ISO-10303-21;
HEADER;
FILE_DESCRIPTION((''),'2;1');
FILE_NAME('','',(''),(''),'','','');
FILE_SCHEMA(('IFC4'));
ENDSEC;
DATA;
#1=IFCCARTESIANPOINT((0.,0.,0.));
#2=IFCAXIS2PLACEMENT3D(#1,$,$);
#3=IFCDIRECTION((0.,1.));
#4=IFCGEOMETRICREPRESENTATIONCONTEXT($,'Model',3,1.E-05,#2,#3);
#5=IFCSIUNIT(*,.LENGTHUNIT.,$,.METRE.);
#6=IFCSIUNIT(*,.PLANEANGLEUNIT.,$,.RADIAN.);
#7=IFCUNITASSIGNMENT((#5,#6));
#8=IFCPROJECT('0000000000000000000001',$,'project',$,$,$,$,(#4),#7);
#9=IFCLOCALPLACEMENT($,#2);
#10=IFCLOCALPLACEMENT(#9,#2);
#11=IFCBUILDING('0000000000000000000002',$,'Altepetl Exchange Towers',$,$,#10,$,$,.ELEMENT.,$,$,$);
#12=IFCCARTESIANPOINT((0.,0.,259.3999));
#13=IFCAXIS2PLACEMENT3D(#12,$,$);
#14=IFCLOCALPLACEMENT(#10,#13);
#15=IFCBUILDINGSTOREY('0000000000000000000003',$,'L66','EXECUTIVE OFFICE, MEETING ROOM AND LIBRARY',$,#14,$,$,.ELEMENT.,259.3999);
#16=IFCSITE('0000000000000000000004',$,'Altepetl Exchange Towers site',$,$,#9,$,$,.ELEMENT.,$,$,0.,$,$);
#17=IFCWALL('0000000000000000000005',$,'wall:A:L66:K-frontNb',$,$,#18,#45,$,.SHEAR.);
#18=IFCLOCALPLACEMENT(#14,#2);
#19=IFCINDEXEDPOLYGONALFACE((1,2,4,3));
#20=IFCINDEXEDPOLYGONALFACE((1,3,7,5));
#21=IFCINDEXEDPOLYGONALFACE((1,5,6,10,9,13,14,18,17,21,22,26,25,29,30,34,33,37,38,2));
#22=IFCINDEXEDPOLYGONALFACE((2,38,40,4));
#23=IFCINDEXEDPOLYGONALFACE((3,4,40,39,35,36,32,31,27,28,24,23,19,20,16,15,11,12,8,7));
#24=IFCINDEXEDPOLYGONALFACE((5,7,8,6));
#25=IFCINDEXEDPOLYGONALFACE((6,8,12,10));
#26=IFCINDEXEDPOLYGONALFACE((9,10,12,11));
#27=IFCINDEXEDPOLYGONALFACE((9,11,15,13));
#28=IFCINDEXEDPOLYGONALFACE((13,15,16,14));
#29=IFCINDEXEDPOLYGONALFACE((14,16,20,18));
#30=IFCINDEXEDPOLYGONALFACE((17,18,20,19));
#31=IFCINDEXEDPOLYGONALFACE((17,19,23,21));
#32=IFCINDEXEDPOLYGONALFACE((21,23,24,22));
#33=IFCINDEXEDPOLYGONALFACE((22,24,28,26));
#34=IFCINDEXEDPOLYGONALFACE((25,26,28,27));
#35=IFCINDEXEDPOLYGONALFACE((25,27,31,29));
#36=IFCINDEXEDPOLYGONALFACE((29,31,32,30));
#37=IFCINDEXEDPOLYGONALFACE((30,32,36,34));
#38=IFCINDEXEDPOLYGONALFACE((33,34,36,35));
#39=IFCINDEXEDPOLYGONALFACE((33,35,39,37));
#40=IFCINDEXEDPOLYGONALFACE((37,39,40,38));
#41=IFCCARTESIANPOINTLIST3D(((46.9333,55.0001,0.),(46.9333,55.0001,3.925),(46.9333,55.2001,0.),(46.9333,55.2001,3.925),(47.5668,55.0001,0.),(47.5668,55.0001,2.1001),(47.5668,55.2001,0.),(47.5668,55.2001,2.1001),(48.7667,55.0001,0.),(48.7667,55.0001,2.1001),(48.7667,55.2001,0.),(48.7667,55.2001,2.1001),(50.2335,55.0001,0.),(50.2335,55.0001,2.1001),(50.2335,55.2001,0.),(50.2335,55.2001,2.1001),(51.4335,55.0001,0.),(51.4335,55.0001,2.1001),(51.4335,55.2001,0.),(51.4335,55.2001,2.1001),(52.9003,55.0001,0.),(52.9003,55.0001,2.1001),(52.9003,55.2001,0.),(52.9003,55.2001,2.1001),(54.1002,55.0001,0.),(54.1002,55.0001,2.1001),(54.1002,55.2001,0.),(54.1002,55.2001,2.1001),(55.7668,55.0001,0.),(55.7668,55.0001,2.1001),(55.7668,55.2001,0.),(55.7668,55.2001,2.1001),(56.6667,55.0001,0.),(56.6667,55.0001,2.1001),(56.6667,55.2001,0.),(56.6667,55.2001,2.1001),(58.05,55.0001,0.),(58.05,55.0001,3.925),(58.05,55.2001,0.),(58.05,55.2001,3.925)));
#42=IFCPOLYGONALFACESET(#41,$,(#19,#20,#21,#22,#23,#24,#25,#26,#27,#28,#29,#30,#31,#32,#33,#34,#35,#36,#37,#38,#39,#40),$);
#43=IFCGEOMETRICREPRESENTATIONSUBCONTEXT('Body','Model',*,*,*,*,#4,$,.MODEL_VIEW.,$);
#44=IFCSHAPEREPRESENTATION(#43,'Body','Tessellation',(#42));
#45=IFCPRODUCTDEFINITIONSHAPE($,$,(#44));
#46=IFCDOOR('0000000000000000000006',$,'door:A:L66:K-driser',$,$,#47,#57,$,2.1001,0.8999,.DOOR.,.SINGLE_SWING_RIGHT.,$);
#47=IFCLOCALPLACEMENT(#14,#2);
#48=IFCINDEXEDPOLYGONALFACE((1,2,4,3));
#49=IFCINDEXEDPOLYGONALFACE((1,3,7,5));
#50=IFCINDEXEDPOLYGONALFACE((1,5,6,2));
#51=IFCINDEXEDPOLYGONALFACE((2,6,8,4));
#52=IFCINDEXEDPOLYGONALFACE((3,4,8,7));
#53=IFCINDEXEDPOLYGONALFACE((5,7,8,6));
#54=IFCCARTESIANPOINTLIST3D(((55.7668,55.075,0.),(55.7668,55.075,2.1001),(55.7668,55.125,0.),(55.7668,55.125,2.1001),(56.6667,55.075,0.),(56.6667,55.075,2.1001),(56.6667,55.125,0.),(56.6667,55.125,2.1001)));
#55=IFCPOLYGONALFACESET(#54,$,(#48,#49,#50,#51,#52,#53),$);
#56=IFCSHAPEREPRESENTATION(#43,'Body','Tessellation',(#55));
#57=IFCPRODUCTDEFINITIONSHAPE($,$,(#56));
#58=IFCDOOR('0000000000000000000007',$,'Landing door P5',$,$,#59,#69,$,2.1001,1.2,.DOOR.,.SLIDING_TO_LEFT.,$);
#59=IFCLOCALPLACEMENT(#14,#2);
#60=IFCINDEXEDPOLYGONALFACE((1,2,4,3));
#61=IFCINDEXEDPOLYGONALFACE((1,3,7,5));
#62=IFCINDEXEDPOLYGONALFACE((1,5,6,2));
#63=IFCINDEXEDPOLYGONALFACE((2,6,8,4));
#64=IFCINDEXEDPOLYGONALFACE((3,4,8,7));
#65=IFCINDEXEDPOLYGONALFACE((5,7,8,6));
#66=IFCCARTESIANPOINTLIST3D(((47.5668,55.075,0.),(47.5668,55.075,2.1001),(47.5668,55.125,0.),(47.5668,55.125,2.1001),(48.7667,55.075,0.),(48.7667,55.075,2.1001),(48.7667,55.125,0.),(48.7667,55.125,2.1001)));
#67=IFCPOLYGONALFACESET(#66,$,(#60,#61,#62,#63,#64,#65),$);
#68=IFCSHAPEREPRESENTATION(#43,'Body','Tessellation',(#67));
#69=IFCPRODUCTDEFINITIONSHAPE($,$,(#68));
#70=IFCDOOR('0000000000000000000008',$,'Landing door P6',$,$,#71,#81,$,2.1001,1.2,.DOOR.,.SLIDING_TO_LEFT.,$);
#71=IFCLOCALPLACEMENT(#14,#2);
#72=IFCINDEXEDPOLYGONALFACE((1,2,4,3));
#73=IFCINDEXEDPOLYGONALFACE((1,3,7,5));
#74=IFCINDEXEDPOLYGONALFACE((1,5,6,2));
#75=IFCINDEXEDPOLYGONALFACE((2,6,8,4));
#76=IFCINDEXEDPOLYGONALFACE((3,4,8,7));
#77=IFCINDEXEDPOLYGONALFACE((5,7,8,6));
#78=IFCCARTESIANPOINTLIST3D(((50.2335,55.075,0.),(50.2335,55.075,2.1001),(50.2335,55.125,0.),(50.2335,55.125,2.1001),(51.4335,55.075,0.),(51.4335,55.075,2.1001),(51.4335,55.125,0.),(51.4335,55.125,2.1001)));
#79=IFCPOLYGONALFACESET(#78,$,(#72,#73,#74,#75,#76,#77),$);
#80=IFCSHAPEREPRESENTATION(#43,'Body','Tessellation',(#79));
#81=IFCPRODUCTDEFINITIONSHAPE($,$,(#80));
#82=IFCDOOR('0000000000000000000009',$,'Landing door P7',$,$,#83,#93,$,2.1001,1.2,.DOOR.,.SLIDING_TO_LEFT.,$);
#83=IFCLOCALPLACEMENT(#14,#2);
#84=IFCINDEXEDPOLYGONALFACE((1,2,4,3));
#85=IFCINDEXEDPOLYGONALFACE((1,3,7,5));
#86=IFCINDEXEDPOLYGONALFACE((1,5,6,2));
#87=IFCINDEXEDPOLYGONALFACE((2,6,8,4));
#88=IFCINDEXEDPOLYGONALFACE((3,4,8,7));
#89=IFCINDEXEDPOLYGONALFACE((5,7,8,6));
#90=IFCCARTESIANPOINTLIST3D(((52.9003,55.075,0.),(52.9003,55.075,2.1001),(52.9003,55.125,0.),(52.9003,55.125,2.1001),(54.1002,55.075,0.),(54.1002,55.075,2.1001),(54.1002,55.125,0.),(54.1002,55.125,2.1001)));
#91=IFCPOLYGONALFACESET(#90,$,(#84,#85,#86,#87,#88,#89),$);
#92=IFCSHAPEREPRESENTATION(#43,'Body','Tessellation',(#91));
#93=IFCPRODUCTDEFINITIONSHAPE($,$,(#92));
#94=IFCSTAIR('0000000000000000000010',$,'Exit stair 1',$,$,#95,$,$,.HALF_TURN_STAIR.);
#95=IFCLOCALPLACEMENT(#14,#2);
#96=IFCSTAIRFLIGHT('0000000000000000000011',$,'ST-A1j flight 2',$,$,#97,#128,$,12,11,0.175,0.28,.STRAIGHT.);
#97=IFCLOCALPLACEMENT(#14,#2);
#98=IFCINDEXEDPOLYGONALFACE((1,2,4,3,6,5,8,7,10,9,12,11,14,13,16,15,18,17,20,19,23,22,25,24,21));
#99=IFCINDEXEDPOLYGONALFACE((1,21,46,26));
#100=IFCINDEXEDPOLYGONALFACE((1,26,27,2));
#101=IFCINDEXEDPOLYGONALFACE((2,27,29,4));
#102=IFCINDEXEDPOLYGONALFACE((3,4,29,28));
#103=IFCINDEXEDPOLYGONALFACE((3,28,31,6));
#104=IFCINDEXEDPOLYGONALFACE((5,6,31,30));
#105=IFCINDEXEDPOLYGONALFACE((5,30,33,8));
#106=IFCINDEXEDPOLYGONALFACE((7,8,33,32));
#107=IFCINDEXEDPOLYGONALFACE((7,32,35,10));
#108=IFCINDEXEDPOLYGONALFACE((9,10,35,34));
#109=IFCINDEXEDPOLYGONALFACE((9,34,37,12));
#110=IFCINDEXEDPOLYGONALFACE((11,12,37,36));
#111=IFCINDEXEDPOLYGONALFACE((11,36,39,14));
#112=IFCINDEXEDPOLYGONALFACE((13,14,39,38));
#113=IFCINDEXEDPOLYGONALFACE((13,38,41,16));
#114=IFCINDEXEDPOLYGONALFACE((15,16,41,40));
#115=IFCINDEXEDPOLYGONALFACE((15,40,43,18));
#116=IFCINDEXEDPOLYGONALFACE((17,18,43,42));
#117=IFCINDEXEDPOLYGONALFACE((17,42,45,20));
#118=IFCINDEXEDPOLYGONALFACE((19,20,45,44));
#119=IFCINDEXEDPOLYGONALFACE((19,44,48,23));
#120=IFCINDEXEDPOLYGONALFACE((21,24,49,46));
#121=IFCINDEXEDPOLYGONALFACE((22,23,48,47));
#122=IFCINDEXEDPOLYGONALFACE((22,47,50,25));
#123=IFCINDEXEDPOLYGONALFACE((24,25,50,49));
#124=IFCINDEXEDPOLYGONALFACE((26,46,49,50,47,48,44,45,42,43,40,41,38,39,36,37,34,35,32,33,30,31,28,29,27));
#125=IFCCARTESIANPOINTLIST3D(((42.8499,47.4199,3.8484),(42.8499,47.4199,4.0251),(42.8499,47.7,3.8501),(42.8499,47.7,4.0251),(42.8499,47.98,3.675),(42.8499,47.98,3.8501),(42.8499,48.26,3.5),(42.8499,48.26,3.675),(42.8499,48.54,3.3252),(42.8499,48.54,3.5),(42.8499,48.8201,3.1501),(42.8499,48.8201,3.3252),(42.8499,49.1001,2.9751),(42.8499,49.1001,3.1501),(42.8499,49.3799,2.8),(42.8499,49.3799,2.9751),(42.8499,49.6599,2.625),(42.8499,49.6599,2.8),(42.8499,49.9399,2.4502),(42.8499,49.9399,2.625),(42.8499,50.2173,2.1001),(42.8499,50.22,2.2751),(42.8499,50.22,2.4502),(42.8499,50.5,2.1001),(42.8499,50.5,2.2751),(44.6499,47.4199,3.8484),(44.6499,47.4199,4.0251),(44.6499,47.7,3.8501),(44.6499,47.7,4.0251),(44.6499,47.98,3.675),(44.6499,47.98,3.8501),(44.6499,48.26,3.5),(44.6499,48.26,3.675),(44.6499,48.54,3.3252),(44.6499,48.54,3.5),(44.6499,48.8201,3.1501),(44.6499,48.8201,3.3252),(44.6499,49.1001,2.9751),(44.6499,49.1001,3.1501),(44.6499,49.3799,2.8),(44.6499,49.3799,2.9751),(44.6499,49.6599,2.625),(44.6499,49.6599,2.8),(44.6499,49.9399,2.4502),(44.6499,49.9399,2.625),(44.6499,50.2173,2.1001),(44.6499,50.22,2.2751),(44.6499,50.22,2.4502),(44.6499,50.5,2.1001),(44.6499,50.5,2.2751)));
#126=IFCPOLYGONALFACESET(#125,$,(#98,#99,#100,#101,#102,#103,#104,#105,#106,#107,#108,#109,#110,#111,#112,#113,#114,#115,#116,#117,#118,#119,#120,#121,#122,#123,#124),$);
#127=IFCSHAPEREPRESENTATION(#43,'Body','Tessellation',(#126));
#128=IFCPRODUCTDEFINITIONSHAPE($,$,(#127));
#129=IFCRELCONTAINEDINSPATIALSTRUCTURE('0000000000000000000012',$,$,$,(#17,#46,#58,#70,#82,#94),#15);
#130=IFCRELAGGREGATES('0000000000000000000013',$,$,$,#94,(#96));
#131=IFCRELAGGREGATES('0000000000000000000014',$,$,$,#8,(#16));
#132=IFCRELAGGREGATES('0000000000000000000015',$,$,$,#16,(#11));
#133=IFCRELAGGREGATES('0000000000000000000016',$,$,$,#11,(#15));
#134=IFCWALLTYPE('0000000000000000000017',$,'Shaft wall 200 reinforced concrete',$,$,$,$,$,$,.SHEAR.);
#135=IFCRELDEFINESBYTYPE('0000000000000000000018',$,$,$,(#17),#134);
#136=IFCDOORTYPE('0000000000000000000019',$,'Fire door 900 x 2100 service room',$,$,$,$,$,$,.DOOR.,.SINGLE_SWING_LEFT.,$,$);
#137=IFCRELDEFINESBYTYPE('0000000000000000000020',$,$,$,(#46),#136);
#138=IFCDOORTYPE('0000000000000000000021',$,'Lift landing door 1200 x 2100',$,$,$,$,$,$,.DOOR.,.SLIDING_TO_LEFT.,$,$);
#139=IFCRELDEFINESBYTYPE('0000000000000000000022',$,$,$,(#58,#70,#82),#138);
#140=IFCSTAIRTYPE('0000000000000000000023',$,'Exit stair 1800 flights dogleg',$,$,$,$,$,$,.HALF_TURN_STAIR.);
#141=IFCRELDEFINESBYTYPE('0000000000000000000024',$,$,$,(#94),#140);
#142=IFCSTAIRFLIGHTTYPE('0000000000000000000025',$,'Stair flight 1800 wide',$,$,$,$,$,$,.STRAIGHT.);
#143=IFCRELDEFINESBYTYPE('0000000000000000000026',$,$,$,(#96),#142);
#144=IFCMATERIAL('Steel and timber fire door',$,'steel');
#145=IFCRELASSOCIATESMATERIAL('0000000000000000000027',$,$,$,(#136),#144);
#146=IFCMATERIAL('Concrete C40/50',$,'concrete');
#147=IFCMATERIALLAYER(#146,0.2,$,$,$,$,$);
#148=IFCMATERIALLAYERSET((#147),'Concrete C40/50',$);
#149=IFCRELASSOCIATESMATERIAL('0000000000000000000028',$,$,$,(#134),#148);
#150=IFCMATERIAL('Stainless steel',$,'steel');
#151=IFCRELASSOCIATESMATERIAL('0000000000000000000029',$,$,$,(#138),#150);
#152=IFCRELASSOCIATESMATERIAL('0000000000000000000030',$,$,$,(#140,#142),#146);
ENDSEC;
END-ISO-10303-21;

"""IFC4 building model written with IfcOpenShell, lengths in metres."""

from ifc_helpers import new_model, si_unit, direction, frame, frame_2d, origin, place, context, subcontext, project, spatial, polyline, rectangle, outline, extrude, material, layer, layer_set, type_object, element, fill, aggregate, save


model = new_model("IFC4")

# Units and contexts
model_context = context("Model", 3, precision=1e-05, world=origin(), true_north=direction((0.0, 1.0)))
body_context = subcontext(model_context, "Body", "Model", "MODEL_VIEW")
ifc_project = project(units=[si_unit("LENGTHUNIT", "METRE"), si_unit("PLANEANGLEUNIT", "RADIAN")], contexts=[model_context])

# Site, building, storey
site_placement = place(None, origin())
site = spatial("IfcSite", under=ifc_project, at=site_placement, Name="Altepetl Exchange Towers site", CompositionType="ELEMENT", RefElevation=0.0)
building_placement = place(site_placement, origin())
building = spatial("IfcBuilding", under=site, at=building_placement, Name="Altepetl Exchange Towers", CompositionType="ELEMENT")
storey_placement = place(building_placement, frame((0.0, 0.0, 259.3999)))
storey = spatial("IfcBuildingStorey", under=building, at=storey_placement, Name="L66", Description="EXECUTIVE OFFICE, MEETING ROOM AND LIBRARY", CompositionType="ELEMENT", Elevation=259.3999)

# Shared definitions
ifc_material_1 = material(Name="Steel and timber fire door", Category="steel")

# Shared definitions
door_type_1 = type_object("IfcDoorType", Name="Fire door 900 x 2100 service room", OperationType="SINGLE_SWING_LEFT", PredefinedType="DOOR", material=ifc_material_1)

# Wall, openings, doors
ifc_material_2 = material(Name="Concrete C40/50", Category="concrete")
ifc_layer_1 = layer(ifc_material_2, 0.2)
ifc_layer_set_1 = layer_set([ifc_layer_1], Name="Concrete C40/50")
wall_type_1 = type_object("IfcWallType", Name="Shaft wall 200 reinforced concrete", PredefinedType="SHEAR", material=ifc_layer_set_1)
wall_1_placement = place(storey_placement, frame((46.9333, 55.1001, 0.0)))
wall_1 = element("IfcWall", 1, at=wall_1_placement, inside=storey, type_object=wall_type_1, Name="wall:A:L66:K-frontNb", PredefinedType="SHEAR", context=body_context, shape_type="SweptSolid", body=[
    extrude(rectangle(XDim=11.1167, YDim=0.2, at=frame_2d((5.5583, 0.0))), origin(), (0.0, 0.0, 1.0), 3.925),
])
opening_1_placement = place(wall_1_placement, frame((8.8335, 0.0, 0.0)))
opening_1 = element("IfcOpeningElement", 2, at=opening_1_placement, cuts=wall_1, PredefinedType="OPENING", context=body_context, shape_type="SweptSolid", body=[
    extrude(rectangle(XDim=0.8999, YDim=2.1001, at=frame_2d((0.45, 1.05))), frame((0.0, 0.1099, 0.0), z_axis=(0.0, -1.0, 0.0), x_axis=(1.0, 0.0, 0.0)), (0.0, 0.0, 1.0), 0.22),
])
opening_2_placement = place(wall_1_placement, frame((0.6333, 0.0, 0.0)))
opening_2 = element("IfcOpeningElement", 3, at=opening_2_placement, cuts=wall_1, PredefinedType="OPENING", context=body_context, shape_type="SweptSolid", body=[
    extrude(rectangle(XDim=1.2, YDim=2.1001, at=frame_2d((0.6001, 1.05))), frame((0.0, 0.1099, 0.0), z_axis=(0.0, -1.0, 0.0), x_axis=(1.0, 0.0, 0.0)), (0.0, 0.0, 1.0), 0.22),
])
opening_3_placement = place(wall_1_placement, frame((3.3, 0.0, 0.0)))
opening_3 = element("IfcOpeningElement", 4, at=opening_3_placement, cuts=wall_1, PredefinedType="OPENING", context=body_context, shape_type="SweptSolid", body=[
    extrude(rectangle(XDim=1.2, YDim=2.1001, at=frame_2d((0.6001, 1.05))), frame((0.0, 0.1099, 0.0), z_axis=(0.0, -1.0, 0.0), x_axis=(1.0, 0.0, 0.0)), (0.0, 0.0, 1.0), 0.22),
])
opening_4_placement = place(wall_1_placement, frame((5.9668, 0.0, 0.0)))
opening_4 = element("IfcOpeningElement", 5, at=opening_4_placement, cuts=wall_1, PredefinedType="OPENING", context=body_context, shape_type="SweptSolid", body=[
    extrude(rectangle(XDim=1.2, YDim=2.1001, at=frame_2d((0.6001, 1.05))), frame((0.0, 0.1099, 0.0), z_axis=(0.0, -1.0, 0.0), x_axis=(1.0, 0.0, 0.0)), (0.0, 0.0, 1.0), 0.22),
])
door_1_placement = place(opening_1_placement, origin())
door_1 = element("IfcDoor", 6, at=door_1_placement, inside=storey, type_object=door_type_1, Name="door:A:L66:K-driser", OperationType="SINGLE_SWING_RIGHT", OverallHeight=2.1001, OverallWidth=0.8999, PredefinedType="DOOR", context=body_context, shape_type="SweptSolid", body=[
    extrude(rectangle(XDim=0.8999, YDim=2.1001, at=frame_2d((0.45, 1.05))), frame((0.0, 0.0249, 0.0), z_axis=(0.0, -1.0, 0.0), x_axis=(1.0, 0.0, 0.0)), (0.0, 0.0, 1.0), 0.05),
])
fill(opening_1, door_1)
ifc_material_3 = material(Name="Stainless steel", Category="steel")
door_type_2 = type_object("IfcDoorType", Name="Lift landing door 1200 x 2100", OperationType="SLIDING_TO_LEFT", PredefinedType="DOOR", material=ifc_material_3)
door_2_placement = place(opening_2_placement, origin())
door_2 = element("IfcDoor", 7, at=door_2_placement, inside=storey, type_object=door_type_2, Name="Landing door P5", OperationType="SLIDING_TO_LEFT", OverallHeight=2.1001, OverallWidth=1.2, PredefinedType="DOOR", context=body_context, shape_type="SweptSolid", body=[
    extrude(rectangle(XDim=1.2, YDim=2.1001, at=frame_2d((0.6001, 1.05))), frame((0.0, 0.0249, 0.0), z_axis=(0.0, -1.0, 0.0), x_axis=(1.0, 0.0, 0.0)), (0.0, 0.0, 1.0), 0.05),
])
fill(opening_2, door_2)
door_3_placement = place(opening_3_placement, origin())
door_3 = element("IfcDoor", 8, at=door_3_placement, inside=storey, type_object=door_type_2, Name="Landing door P6", OperationType="SLIDING_TO_LEFT", OverallHeight=2.1001, OverallWidth=1.2, PredefinedType="DOOR", context=body_context, shape_type="SweptSolid", body=[
    extrude(rectangle(XDim=1.2, YDim=2.1001, at=frame_2d((0.6001, 1.05))), frame((0.0, 0.0249, 0.0), z_axis=(0.0, -1.0, 0.0), x_axis=(1.0, 0.0, 0.0)), (0.0, 0.0, 1.0), 0.05),
])
fill(opening_3, door_3)
door_4_placement = place(opening_4_placement, origin())
door_4 = element("IfcDoor", 9, at=door_4_placement, inside=storey, type_object=door_type_2, Name="Landing door P7", OperationType="SLIDING_TO_LEFT", OverallHeight=2.1001, OverallWidth=1.2, PredefinedType="DOOR", context=body_context, shape_type="SweptSolid", body=[
    extrude(rectangle(XDim=1.2, YDim=2.1001, at=frame_2d((0.6001, 1.05))), frame((0.0, 0.0249, 0.0), z_axis=(0.0, -1.0, 0.0), x_axis=(1.0, 0.0, 0.0)), (0.0, 0.0, 1.0), 0.05),
])
fill(opening_4, door_4)

# Stair, stair flight
stair_type = type_object("IfcStairType", Name="Exit stair 1800 flights dogleg", PredefinedType="HALF_TURN_STAIR", material=ifc_material_2)
stair_placement = place(storey_placement, origin())
stair = element("IfcStair", 10, at=stair_placement, inside=storey, type_object=stair_type, Name="Exit stair 1", PredefinedType="HALF_TURN_STAIR")
stair_flight_type = type_object("IfcStairFlightType", Name="Stair flight 1800 wide", PredefinedType="STRAIGHT", material=ifc_material_2)
stair_flight_placement = place(storey_placement, frame((43.75, 50.5, 2.1001), z_axis=(0.0, 0.0, 1.0), x_axis=(0.0, -1.0, 0.0)))
stair_flight = element("IfcStairFlight", 11, at=stair_flight_placement, type_object=stair_flight_type, Name="ST-A1j flight 2", NumberOfRisers=12, NumberOfTreads=11, PredefinedType="STRAIGHT", RiserHeight=0.175, TreadLength=0.28, context=body_context, shape_type="SweptSolid", body=[
    extrude(outline(polyline([(0.0, 0.0), (0.0, 0.175), (0.28, 0.175), (0.28, 0.3501), (0.5601, 0.3501), (0.5601, 0.5249), (0.8401, 0.5249), (0.8401, 0.7), (1.1201, 0.7), (1.1201, 0.875), (1.3999, 0.875), (1.3999, 1.05), (1.6799, 1.05), (1.6799, 1.2251), (1.96, 1.2251), (1.96, 1.3999), (2.24, 1.3999), (2.24, 1.575), (2.52, 1.575), (2.52, 1.75), (2.8, 1.75), (2.8, 1.925), (3.0801, 1.925), (3.0801, 2.1001), (3.0801, 1.7483), (0.2827, 0.0), (0.0, 0.0)])), frame((0.0, 0.8999, 0.0), z_axis=(0.0, -1.0, 0.0), x_axis=(1.0, 0.0, 0.0)), (0.0, 0.0, 1.0), 1.8),
])
aggregate(stair, [stair_flight])

save(model, "model.ifc")
